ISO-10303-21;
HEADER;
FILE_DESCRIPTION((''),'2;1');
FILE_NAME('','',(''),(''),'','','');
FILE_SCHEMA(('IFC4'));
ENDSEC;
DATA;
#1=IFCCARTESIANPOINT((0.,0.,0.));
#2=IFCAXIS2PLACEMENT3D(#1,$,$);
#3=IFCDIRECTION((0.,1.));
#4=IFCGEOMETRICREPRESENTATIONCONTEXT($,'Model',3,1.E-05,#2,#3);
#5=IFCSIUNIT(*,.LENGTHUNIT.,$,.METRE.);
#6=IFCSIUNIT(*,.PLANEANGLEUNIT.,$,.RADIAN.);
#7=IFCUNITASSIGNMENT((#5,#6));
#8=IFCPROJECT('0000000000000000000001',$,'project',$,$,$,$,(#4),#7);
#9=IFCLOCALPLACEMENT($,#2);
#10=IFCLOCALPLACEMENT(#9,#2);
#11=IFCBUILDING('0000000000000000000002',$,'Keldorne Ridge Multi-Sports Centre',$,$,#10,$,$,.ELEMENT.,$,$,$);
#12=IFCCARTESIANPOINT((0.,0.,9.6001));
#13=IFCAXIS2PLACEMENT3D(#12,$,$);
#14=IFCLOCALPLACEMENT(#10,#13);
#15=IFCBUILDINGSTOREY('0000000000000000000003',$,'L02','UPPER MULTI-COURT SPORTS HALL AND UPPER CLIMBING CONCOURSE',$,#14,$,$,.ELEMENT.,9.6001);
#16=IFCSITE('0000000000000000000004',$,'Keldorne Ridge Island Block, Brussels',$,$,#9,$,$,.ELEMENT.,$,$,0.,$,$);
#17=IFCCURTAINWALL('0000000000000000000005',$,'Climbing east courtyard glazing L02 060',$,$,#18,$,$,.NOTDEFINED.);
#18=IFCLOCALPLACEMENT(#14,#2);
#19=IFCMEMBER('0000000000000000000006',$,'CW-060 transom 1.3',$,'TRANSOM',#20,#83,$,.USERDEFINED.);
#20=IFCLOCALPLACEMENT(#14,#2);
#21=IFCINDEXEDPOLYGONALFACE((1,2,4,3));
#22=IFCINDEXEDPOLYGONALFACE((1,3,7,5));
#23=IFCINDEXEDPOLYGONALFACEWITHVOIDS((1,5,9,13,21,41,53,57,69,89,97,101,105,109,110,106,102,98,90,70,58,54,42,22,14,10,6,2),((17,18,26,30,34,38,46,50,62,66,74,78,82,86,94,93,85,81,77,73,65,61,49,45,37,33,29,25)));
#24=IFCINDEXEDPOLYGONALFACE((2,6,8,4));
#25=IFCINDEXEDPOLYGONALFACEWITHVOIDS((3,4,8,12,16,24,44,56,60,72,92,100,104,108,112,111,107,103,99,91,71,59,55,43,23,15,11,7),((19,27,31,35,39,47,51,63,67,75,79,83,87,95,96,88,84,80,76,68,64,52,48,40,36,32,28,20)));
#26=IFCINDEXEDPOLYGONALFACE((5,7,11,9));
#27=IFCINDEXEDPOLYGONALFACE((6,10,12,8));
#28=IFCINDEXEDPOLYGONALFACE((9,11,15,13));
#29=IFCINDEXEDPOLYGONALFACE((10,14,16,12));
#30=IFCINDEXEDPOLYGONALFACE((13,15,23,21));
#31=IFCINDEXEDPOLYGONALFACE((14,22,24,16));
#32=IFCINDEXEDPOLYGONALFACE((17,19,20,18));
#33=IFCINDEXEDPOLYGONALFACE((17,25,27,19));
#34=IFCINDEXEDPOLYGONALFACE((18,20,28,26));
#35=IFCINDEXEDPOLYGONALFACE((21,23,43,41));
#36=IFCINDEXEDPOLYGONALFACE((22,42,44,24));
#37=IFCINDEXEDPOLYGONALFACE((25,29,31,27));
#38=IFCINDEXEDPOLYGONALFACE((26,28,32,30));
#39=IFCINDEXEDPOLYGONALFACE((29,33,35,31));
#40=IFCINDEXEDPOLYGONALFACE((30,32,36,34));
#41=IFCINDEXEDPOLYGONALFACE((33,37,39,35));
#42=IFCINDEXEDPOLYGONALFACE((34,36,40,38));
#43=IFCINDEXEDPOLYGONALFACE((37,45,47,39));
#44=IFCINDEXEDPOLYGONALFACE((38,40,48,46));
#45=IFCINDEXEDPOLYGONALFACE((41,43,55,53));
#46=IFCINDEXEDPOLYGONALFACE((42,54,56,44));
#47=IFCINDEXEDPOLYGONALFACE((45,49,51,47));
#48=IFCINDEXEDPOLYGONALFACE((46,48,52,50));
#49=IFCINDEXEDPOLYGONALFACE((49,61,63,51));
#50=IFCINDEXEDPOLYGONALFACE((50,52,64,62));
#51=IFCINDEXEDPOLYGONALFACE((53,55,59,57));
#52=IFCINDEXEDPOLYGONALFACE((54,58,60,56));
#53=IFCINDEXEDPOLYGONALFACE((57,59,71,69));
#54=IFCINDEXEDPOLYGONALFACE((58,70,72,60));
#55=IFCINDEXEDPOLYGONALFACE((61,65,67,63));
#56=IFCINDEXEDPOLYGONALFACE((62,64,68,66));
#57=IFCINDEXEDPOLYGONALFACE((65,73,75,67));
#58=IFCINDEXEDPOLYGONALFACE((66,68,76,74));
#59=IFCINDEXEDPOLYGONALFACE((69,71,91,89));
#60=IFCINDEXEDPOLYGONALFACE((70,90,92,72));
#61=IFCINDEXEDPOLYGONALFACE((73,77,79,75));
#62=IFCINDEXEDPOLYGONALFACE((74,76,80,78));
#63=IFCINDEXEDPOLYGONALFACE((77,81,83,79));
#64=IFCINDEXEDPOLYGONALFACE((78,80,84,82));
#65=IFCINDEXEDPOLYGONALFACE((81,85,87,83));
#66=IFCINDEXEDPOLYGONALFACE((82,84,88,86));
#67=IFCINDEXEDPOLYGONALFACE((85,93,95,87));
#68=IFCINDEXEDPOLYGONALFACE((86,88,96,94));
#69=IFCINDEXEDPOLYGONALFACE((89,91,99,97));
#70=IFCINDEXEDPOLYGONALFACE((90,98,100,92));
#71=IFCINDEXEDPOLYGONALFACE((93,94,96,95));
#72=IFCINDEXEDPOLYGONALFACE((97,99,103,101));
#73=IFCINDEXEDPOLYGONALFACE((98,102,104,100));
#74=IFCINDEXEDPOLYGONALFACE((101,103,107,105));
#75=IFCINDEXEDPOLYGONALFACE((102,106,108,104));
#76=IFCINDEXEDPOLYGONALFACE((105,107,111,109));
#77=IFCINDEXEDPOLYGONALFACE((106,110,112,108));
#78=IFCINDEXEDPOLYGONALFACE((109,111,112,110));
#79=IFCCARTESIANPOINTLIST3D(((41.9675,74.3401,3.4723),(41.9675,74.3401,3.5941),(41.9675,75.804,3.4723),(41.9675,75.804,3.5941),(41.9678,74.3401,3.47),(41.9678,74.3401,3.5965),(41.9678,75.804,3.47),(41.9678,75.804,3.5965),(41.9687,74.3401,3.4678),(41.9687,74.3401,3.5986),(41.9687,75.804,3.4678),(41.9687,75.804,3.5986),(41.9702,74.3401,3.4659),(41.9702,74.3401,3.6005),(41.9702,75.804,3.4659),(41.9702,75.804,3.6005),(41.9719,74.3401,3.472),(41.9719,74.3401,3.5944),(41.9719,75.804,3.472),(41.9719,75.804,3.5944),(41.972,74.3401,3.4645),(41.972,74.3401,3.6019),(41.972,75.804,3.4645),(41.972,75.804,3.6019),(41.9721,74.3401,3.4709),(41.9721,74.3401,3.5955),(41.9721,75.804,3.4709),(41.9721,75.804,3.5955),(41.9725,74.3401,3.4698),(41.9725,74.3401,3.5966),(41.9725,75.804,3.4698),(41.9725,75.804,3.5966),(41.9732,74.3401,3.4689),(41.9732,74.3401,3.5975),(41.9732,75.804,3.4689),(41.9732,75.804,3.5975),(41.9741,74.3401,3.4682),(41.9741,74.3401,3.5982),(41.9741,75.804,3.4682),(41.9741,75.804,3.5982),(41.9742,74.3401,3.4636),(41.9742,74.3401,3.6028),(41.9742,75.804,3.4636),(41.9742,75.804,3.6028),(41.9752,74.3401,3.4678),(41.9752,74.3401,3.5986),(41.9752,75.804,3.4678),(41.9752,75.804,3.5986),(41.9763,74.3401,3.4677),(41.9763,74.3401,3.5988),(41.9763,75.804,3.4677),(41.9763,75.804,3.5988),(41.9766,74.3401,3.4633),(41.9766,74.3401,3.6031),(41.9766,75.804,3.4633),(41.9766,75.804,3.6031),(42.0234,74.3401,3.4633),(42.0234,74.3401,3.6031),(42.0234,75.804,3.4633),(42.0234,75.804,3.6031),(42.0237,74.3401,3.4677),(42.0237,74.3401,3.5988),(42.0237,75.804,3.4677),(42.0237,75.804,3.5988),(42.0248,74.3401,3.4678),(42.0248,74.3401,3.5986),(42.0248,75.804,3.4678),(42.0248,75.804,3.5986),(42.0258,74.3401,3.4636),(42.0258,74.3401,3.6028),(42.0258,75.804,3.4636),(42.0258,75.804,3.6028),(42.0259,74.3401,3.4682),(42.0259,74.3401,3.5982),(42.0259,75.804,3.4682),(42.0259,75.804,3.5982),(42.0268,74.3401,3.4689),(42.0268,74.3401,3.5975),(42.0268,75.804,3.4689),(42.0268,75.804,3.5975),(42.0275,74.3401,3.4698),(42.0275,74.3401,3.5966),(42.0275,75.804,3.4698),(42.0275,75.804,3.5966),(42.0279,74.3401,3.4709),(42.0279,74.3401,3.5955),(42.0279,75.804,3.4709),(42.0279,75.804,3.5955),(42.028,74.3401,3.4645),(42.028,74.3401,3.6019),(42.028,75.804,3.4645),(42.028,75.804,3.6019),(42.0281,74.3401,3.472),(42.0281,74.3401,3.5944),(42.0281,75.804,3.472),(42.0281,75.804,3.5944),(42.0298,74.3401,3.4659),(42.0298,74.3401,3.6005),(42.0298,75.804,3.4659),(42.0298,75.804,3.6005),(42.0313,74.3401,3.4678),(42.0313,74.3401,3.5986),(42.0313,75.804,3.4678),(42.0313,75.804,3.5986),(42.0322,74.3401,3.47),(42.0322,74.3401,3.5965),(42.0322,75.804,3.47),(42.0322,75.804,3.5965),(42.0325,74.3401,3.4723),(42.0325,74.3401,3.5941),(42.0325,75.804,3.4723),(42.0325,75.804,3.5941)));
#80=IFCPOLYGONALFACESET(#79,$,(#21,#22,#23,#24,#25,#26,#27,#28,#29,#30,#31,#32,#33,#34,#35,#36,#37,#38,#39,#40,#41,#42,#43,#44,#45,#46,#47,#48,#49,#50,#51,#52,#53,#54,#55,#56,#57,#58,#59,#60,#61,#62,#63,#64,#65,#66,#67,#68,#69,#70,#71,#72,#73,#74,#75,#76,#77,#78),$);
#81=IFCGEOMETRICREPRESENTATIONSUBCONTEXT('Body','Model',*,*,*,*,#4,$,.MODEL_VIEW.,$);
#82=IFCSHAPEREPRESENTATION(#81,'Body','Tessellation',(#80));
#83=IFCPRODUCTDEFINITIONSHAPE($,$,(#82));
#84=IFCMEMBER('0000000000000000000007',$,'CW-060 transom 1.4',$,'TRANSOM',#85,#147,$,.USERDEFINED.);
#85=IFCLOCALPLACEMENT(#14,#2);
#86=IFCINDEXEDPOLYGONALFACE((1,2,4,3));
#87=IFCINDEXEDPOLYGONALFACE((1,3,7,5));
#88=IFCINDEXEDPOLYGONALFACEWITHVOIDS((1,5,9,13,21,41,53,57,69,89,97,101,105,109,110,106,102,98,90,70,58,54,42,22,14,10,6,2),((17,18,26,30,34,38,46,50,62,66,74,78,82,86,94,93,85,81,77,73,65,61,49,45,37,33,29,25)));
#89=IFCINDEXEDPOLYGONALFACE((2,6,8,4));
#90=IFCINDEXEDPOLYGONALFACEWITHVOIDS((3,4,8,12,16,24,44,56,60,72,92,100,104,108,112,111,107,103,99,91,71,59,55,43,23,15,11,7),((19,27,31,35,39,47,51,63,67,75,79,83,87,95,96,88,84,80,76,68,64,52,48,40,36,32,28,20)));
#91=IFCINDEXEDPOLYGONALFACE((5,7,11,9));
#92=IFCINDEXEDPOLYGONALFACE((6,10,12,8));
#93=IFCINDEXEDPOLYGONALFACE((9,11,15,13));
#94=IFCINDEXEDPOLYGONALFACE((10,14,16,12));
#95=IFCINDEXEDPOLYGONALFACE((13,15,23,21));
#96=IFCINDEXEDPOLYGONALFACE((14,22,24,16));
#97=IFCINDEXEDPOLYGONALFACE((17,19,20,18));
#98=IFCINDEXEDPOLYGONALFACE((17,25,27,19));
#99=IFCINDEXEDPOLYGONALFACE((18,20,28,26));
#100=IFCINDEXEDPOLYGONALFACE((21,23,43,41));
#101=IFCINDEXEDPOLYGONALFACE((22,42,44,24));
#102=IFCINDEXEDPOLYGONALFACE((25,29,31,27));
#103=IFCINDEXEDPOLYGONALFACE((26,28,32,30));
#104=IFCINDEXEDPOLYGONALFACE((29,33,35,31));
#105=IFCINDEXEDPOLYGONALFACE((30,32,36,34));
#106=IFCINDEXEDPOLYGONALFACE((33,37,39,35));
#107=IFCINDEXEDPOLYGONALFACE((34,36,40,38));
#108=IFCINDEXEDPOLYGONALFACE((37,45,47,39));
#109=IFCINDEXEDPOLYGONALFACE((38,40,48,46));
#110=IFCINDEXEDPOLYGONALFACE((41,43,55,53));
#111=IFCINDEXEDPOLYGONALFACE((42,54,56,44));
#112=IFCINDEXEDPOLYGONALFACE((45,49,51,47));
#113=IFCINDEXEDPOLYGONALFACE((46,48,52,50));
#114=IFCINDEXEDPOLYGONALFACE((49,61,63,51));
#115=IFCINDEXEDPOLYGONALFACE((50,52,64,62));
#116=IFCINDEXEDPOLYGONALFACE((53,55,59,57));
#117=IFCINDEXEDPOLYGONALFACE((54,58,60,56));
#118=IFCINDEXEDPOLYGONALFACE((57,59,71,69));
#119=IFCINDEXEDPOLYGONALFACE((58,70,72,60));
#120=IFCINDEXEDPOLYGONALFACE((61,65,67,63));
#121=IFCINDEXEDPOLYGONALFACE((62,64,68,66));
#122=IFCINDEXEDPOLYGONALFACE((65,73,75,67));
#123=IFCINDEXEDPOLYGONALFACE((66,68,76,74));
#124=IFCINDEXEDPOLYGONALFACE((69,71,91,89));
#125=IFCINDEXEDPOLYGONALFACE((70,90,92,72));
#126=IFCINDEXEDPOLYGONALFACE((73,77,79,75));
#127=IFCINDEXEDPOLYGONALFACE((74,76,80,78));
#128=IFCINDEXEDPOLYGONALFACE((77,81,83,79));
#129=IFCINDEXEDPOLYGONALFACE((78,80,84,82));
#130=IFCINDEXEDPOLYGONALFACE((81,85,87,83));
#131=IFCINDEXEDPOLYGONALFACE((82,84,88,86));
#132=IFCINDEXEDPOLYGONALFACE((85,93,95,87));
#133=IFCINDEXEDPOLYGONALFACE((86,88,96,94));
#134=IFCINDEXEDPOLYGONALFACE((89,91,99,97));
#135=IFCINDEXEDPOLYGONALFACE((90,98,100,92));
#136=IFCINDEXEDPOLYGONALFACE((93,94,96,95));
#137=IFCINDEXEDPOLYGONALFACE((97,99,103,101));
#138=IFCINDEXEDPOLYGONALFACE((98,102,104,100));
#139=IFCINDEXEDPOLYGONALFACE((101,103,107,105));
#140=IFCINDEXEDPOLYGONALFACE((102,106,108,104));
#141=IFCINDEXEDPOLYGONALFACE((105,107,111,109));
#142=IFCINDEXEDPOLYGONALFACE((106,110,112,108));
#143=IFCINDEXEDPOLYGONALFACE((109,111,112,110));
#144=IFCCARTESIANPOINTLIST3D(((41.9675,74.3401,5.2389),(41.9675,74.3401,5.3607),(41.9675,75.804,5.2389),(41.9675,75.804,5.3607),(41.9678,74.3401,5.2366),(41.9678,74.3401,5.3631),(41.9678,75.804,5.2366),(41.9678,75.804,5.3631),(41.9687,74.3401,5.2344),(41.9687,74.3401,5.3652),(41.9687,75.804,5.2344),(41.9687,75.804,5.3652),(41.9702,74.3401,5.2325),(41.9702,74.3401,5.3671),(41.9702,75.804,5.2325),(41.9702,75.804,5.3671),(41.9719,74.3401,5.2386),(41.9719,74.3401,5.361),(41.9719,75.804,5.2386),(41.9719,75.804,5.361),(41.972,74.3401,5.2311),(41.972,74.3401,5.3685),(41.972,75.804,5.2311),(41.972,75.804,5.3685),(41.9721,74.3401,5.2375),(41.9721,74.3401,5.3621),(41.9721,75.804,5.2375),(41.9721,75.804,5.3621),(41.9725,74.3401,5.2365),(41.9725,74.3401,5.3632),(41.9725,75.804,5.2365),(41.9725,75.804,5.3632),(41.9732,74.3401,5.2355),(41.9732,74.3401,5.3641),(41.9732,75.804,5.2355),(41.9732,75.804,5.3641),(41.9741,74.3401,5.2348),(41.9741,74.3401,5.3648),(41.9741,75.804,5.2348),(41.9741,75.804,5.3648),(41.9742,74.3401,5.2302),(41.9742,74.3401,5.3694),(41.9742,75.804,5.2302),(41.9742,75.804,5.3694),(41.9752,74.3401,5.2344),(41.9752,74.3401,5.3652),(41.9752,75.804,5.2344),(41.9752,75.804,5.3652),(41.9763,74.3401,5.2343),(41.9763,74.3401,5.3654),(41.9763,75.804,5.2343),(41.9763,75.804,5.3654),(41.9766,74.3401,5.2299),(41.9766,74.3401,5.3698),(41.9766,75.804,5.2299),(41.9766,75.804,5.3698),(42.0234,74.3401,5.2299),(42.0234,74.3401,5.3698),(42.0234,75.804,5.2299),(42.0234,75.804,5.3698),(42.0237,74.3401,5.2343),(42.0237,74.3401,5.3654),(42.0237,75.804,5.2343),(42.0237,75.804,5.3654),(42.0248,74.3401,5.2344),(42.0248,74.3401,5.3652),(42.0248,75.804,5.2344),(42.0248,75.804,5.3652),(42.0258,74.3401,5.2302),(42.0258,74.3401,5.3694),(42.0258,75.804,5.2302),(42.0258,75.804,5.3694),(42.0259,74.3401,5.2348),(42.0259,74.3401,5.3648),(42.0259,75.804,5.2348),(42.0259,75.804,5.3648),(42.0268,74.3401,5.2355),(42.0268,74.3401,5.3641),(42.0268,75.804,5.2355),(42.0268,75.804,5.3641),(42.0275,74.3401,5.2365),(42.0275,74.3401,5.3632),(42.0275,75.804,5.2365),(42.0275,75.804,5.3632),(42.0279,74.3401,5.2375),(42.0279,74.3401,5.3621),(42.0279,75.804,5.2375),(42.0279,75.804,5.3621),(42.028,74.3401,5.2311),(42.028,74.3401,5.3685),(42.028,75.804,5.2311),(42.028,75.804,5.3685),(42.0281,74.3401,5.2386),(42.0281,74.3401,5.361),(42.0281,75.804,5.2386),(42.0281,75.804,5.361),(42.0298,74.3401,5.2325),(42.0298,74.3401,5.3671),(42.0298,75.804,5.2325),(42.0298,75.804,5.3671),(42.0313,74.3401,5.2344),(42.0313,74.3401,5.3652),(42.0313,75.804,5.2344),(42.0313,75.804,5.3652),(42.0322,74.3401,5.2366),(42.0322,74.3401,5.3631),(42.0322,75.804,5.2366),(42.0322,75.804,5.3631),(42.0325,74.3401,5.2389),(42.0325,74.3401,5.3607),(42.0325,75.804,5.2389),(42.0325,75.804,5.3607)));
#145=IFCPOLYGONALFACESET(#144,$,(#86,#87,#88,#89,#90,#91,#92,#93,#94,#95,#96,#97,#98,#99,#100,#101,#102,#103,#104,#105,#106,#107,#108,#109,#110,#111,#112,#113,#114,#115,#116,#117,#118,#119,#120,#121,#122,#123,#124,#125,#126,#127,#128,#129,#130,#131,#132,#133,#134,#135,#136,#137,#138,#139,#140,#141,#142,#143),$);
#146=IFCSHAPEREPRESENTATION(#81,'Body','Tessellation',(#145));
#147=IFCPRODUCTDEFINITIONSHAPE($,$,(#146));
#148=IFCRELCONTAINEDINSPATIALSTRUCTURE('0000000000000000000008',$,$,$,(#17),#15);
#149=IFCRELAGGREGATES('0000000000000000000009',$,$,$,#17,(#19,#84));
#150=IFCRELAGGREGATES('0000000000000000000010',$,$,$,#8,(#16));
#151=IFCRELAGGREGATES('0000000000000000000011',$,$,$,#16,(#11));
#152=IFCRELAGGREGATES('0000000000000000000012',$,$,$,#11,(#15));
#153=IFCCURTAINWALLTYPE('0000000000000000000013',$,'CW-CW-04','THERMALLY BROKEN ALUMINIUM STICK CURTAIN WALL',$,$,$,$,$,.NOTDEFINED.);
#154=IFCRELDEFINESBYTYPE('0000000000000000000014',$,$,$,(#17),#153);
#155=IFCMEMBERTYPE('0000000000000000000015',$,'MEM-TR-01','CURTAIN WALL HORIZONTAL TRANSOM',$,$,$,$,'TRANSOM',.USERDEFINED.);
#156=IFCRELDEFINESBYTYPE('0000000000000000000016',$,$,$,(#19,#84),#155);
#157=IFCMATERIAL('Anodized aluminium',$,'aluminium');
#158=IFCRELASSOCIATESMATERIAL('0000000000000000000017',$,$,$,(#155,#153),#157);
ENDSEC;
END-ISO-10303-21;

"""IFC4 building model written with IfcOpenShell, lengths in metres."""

from ifc_helpers import new_model, si_unit, direction, frame, origin, origin_2d, place, context, subcontext, project, spatial, hollow_rectangle, extrude, material, material_profile, profile_set, type_object, element, aggregate, save


model = new_model("IFC4")

# Units and contexts
model_context = context("Model", 3, precision=1e-05, world=origin(), true_north=direction((0.0, 1.0)))
body_context = subcontext(model_context, "Body", "Model", "MODEL_VIEW")
ifc_project = project(units=[si_unit("LENGTHUNIT", "METRE"), si_unit("PLANEANGLEUNIT", "RADIAN")], contexts=[model_context])

# Site, building, storey
site_placement = place(None, origin())
site = spatial("IfcSite", under=ifc_project, at=site_placement, Name="Keldorne Ridge Island Block, Brussels", CompositionType="ELEMENT", RefElevation=0.0)
building_placement = place(site_placement, origin())
building = spatial("IfcBuilding", under=site, at=building_placement, Name="Keldorne Ridge Multi-Sports Centre", CompositionType="ELEMENT")
storey_placement = place(building_placement, frame((0.0, 0.0, 9.6001)))
storey = spatial("IfcBuildingStorey", under=building, at=storey_placement, Name="L02", Description="UPPER MULTI-COURT SPORTS HALL AND UPPER CLIMBING CONCOURSE", CompositionType="ELEMENT", Elevation=9.6001)

# Curtain wall, members
ifc_material_1 = material(Name="Anodized aluminium", Category="aluminium")
ifc_material_profile_1 = material_profile(ifc_material_1, hollow_rectangle(XDim=0.0649, YDim=0.1399, WallThickness=0.0044, InnerFilletRadius=0.0044, OuterFilletRadius=0.009, at=origin_2d()), Name="ALU TRANSOM 140x65x4.5")
ifc_profile_set_1 = profile_set([ifc_material_profile_1], Name="Anodized aluminium")
member_type_1 = type_object("IfcMemberType", Name="MEM-TR-01", Description="CURTAIN WALL HORIZONTAL TRANSOM", ElementType="TRANSOM", PredefinedType="USERDEFINED", material=ifc_profile_set_1)
curtain_wall_type_1 = type_object("IfcCurtainWallType", Name="CW-CW-04", Description="THERMALLY BROKEN ALUMINIUM STICK CURTAIN WALL", PredefinedType="NOTDEFINED", material=ifc_material_1)
curtain_wall_1_placement = place(storey_placement, origin())
curtain_wall_1 = element("IfcCurtainWall", 1, at=curtain_wall_1_placement, inside=storey, type_object=curtain_wall_type_1, Name="Climbing east courtyard glazing L02 060", PredefinedType="NOTDEFINED")
member_1_placement = place(storey_placement, frame((42.0, 74.3401, 3.5332), z_axis=(0.0, 1.0, 0.0), x_axis=(-1.0, 0.0, 0.0)))
member_1 = element("IfcMember", 2, at=member_1_placement, type_object=member_type_1, Name="CW-060 transom 1.3", ObjectType="TRANSOM", PredefinedType="USERDEFINED", context=body_context, shape_type="SweptSolid", body=[
    extrude(hollow_rectangle(XDim=0.0649, YDim=0.1399, WallThickness=0.0044, InnerFilletRadius=0.0044, OuterFilletRadius=0.009, at=origin_2d()), origin(), (0.0, 0.0, 1.0), 1.4639),
])
member_2_placement = place(storey_placement, frame((42.0, 74.3401, 5.2998), z_axis=(0.0, 1.0, 0.0), x_axis=(-1.0, 0.0, 0.0)))
member_2 = element("IfcMember", 3, at=member_2_placement, type_object=member_type_1, Name="CW-060 transom 1.4", ObjectType="TRANSOM", PredefinedType="USERDEFINED", context=body_context, shape_type="SweptSolid", body=[
    extrude(hollow_rectangle(XDim=0.0649, YDim=0.1399, WallThickness=0.0044, InnerFilletRadius=0.0044, OuterFilletRadius=0.009, at=origin_2d()), origin(), (0.0, 0.0, 1.0), 1.4639),
])
aggregate(curtain_wall_1, [member_1, member_2])

save(model, "model.ifc")
